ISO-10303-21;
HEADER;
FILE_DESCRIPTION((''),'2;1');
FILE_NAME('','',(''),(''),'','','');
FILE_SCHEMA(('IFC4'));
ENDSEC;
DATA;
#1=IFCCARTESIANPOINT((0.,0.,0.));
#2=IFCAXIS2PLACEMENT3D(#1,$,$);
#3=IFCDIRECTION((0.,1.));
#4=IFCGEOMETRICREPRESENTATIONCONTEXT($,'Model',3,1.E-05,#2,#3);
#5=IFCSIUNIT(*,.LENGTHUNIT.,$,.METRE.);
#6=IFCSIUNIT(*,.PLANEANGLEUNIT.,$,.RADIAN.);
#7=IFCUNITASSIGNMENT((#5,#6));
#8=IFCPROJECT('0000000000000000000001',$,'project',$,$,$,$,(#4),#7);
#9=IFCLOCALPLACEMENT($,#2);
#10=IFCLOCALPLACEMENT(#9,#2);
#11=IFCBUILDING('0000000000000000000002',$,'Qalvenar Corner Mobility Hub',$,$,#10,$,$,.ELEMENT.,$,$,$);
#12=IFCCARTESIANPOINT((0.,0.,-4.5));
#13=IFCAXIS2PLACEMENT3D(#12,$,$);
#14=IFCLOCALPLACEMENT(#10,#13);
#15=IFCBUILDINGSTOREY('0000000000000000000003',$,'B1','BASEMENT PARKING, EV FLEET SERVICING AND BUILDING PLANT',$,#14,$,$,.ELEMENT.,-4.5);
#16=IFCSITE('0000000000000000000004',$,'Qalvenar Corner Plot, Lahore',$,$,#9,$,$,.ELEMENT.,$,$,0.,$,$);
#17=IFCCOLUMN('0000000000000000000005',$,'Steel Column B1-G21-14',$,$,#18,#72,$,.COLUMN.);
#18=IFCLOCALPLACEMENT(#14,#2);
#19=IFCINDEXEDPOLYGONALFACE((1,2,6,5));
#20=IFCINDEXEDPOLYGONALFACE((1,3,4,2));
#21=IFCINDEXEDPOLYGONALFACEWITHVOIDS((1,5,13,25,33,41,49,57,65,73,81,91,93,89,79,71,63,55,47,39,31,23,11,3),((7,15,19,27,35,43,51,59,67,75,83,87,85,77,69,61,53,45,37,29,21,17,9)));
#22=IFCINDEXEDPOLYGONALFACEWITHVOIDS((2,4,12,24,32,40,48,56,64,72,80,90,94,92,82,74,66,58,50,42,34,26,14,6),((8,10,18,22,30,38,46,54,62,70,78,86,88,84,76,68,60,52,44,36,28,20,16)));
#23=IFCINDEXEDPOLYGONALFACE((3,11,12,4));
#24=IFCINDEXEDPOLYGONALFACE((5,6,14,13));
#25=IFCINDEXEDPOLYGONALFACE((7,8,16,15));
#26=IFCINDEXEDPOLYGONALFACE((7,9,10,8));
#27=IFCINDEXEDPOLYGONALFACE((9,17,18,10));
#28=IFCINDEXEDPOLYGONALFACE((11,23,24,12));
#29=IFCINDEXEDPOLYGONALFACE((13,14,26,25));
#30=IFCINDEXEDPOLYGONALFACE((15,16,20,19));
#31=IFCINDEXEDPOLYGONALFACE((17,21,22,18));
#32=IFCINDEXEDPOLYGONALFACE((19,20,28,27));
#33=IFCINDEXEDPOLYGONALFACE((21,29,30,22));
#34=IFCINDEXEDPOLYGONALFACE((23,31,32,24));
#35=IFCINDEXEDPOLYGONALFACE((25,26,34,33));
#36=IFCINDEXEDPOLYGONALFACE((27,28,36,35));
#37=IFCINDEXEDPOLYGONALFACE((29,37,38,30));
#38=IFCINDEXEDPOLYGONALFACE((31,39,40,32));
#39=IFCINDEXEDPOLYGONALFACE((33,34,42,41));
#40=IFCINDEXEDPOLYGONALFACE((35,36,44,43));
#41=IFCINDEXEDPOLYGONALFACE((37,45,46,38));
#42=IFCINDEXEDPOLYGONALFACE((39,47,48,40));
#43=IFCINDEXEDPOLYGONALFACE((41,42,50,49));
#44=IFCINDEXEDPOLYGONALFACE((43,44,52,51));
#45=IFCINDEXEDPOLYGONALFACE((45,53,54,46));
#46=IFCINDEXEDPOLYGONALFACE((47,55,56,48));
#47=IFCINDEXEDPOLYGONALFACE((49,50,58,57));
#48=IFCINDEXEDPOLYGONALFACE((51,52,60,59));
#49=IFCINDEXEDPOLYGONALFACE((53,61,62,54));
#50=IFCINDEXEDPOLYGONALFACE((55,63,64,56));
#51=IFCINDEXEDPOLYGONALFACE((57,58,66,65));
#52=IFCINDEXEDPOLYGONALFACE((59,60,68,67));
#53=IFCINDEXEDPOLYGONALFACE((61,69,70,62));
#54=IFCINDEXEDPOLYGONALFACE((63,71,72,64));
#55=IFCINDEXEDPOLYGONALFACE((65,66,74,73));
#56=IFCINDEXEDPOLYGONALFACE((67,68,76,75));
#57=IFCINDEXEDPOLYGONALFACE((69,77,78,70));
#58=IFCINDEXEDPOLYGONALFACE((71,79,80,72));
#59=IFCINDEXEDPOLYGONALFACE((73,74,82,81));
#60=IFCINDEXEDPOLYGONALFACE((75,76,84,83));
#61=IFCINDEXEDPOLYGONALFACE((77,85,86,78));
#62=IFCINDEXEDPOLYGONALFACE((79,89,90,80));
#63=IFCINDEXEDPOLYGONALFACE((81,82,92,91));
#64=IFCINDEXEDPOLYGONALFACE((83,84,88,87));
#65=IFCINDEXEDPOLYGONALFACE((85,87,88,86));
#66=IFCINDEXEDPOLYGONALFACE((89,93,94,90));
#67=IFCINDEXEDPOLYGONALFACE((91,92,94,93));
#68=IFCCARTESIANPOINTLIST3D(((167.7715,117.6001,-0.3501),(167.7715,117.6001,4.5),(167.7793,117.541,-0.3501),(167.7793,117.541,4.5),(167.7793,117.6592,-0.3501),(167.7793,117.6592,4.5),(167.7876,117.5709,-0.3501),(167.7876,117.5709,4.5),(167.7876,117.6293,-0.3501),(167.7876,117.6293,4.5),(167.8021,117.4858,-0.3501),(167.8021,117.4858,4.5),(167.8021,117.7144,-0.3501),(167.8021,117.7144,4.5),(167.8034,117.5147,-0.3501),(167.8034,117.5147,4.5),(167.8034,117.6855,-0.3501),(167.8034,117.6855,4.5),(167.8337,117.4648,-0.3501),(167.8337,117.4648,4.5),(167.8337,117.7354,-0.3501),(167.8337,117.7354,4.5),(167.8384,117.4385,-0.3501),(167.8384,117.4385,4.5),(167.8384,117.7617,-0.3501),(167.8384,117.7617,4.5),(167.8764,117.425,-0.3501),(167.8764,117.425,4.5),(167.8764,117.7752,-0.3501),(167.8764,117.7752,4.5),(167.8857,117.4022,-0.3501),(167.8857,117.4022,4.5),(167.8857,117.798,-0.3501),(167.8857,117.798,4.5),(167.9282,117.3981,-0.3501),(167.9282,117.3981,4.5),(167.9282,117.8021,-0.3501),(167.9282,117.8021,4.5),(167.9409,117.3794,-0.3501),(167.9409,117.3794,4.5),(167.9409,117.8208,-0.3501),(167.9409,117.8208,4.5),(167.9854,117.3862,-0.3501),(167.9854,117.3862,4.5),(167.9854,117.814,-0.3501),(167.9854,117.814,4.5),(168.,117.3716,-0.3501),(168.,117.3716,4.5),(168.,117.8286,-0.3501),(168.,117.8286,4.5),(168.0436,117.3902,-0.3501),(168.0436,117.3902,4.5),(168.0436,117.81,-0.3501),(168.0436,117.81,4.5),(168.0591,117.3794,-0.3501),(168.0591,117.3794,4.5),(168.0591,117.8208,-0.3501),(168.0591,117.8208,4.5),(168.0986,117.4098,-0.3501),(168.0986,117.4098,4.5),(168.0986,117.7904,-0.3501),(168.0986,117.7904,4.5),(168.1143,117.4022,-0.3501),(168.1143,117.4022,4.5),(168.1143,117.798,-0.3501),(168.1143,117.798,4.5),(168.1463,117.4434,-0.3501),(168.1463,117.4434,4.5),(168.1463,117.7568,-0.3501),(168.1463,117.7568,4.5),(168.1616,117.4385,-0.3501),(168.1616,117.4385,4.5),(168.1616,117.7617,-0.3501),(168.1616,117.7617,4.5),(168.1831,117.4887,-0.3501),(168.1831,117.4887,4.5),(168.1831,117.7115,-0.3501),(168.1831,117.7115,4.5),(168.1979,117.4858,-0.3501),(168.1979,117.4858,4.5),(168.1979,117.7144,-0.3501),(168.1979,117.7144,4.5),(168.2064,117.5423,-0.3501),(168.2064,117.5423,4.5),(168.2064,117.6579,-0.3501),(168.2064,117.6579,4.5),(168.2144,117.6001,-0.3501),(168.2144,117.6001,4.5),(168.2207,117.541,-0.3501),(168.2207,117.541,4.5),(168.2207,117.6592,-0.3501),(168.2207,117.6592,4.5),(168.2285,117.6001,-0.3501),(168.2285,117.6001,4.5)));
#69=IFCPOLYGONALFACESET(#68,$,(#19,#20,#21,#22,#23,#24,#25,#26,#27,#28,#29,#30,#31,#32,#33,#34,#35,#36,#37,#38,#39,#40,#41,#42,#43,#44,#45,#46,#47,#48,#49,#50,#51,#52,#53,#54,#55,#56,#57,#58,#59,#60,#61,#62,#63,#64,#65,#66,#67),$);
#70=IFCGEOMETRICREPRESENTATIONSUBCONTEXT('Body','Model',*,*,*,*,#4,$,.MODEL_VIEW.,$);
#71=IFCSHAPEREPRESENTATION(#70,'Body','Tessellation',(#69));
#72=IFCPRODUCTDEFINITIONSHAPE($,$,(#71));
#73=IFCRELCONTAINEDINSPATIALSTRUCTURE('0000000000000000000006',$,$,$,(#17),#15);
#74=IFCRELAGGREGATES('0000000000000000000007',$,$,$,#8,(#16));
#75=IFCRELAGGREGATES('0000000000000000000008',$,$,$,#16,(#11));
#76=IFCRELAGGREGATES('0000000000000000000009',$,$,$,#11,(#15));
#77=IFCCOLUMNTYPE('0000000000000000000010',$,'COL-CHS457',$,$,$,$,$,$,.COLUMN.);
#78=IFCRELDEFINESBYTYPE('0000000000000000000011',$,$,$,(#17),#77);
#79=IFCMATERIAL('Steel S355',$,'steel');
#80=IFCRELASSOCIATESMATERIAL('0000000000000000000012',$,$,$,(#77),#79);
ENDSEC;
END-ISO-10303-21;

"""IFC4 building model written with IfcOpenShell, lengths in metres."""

from ifc_helpers import new_model, si_unit, direction, frame, origin, origin_2d, place, context, subcontext, project, spatial, hollow_circle, extrude, material, material_profile, profile_set, type_object, element, save


model = new_model("IFC4")

# Units and contexts
model_context = context("Model", 3, precision=1e-05, world=origin(), true_north=direction((0.0, 1.0)))
body_context = subcontext(model_context, "Body", "Model", "MODEL_VIEW")
ifc_project = project(units=[si_unit("LENGTHUNIT", "METRE"), si_unit("PLANEANGLEUNIT", "RADIAN")], contexts=[model_context])

# Site, building, storey
site_placement = place(None, origin())
site = spatial("IfcSite", under=ifc_project, at=site_placement, Name="Qalvenar Corner Plot, Lahore", CompositionType="ELEMENT", RefElevation=0.0)
building_placement = place(site_placement, origin())
building = spatial("IfcBuilding", under=site, at=building_placement, Name="Qalvenar Corner Mobility Hub", CompositionType="ELEMENT")
storey_placement = place(building_placement, frame((0.0, 0.0, -4.5)))
storey = spatial("IfcBuildingStorey", under=building, at=storey_placement, Name="B1", Description="BASEMENT PARKING, EV FLEET SERVICING AND BUILDING PLANT", CompositionType="ELEMENT", Elevation=-4.5)

# Column
ifc_material_1 = material(Name="Steel S355", Category="steel")
ifc_material_profile_1 = material_profile(ifc_material_1, hollow_circle(Radius=0.2285, WallThickness=0.0142, at=origin_2d()), Name="CHS457x14.2")
ifc_profile_set_1 = profile_set([ifc_material_profile_1], Name="Steel S355")
column_type = type_object("IfcColumnType", Name="COL-CHS457", PredefinedType="COLUMN", material=ifc_profile_set_1)
for number, where, z_axis, x_axis, name in (
    (1, (168.0, 117.6001, -0.3501), (0.0, 0.0, 1.0), (1.0, 0.0, 0.0), "Steel Column B1-G21-14"),
):
    element("IfcColumn", number, at=place(storey_placement, frame(where, z_axis=z_axis, x_axis=x_axis)), inside=storey, type_object=column_type, Name=name, PredefinedType="COLUMN", context=body_context, shape_type="SweptSolid", body=[
        extrude(hollow_circle(Radius=0.2285, WallThickness=0.0142, at=origin_2d()), origin(), (0.0, 0.0, 1.0), 4.8501),
    ])

save(model, "model.ifc")
